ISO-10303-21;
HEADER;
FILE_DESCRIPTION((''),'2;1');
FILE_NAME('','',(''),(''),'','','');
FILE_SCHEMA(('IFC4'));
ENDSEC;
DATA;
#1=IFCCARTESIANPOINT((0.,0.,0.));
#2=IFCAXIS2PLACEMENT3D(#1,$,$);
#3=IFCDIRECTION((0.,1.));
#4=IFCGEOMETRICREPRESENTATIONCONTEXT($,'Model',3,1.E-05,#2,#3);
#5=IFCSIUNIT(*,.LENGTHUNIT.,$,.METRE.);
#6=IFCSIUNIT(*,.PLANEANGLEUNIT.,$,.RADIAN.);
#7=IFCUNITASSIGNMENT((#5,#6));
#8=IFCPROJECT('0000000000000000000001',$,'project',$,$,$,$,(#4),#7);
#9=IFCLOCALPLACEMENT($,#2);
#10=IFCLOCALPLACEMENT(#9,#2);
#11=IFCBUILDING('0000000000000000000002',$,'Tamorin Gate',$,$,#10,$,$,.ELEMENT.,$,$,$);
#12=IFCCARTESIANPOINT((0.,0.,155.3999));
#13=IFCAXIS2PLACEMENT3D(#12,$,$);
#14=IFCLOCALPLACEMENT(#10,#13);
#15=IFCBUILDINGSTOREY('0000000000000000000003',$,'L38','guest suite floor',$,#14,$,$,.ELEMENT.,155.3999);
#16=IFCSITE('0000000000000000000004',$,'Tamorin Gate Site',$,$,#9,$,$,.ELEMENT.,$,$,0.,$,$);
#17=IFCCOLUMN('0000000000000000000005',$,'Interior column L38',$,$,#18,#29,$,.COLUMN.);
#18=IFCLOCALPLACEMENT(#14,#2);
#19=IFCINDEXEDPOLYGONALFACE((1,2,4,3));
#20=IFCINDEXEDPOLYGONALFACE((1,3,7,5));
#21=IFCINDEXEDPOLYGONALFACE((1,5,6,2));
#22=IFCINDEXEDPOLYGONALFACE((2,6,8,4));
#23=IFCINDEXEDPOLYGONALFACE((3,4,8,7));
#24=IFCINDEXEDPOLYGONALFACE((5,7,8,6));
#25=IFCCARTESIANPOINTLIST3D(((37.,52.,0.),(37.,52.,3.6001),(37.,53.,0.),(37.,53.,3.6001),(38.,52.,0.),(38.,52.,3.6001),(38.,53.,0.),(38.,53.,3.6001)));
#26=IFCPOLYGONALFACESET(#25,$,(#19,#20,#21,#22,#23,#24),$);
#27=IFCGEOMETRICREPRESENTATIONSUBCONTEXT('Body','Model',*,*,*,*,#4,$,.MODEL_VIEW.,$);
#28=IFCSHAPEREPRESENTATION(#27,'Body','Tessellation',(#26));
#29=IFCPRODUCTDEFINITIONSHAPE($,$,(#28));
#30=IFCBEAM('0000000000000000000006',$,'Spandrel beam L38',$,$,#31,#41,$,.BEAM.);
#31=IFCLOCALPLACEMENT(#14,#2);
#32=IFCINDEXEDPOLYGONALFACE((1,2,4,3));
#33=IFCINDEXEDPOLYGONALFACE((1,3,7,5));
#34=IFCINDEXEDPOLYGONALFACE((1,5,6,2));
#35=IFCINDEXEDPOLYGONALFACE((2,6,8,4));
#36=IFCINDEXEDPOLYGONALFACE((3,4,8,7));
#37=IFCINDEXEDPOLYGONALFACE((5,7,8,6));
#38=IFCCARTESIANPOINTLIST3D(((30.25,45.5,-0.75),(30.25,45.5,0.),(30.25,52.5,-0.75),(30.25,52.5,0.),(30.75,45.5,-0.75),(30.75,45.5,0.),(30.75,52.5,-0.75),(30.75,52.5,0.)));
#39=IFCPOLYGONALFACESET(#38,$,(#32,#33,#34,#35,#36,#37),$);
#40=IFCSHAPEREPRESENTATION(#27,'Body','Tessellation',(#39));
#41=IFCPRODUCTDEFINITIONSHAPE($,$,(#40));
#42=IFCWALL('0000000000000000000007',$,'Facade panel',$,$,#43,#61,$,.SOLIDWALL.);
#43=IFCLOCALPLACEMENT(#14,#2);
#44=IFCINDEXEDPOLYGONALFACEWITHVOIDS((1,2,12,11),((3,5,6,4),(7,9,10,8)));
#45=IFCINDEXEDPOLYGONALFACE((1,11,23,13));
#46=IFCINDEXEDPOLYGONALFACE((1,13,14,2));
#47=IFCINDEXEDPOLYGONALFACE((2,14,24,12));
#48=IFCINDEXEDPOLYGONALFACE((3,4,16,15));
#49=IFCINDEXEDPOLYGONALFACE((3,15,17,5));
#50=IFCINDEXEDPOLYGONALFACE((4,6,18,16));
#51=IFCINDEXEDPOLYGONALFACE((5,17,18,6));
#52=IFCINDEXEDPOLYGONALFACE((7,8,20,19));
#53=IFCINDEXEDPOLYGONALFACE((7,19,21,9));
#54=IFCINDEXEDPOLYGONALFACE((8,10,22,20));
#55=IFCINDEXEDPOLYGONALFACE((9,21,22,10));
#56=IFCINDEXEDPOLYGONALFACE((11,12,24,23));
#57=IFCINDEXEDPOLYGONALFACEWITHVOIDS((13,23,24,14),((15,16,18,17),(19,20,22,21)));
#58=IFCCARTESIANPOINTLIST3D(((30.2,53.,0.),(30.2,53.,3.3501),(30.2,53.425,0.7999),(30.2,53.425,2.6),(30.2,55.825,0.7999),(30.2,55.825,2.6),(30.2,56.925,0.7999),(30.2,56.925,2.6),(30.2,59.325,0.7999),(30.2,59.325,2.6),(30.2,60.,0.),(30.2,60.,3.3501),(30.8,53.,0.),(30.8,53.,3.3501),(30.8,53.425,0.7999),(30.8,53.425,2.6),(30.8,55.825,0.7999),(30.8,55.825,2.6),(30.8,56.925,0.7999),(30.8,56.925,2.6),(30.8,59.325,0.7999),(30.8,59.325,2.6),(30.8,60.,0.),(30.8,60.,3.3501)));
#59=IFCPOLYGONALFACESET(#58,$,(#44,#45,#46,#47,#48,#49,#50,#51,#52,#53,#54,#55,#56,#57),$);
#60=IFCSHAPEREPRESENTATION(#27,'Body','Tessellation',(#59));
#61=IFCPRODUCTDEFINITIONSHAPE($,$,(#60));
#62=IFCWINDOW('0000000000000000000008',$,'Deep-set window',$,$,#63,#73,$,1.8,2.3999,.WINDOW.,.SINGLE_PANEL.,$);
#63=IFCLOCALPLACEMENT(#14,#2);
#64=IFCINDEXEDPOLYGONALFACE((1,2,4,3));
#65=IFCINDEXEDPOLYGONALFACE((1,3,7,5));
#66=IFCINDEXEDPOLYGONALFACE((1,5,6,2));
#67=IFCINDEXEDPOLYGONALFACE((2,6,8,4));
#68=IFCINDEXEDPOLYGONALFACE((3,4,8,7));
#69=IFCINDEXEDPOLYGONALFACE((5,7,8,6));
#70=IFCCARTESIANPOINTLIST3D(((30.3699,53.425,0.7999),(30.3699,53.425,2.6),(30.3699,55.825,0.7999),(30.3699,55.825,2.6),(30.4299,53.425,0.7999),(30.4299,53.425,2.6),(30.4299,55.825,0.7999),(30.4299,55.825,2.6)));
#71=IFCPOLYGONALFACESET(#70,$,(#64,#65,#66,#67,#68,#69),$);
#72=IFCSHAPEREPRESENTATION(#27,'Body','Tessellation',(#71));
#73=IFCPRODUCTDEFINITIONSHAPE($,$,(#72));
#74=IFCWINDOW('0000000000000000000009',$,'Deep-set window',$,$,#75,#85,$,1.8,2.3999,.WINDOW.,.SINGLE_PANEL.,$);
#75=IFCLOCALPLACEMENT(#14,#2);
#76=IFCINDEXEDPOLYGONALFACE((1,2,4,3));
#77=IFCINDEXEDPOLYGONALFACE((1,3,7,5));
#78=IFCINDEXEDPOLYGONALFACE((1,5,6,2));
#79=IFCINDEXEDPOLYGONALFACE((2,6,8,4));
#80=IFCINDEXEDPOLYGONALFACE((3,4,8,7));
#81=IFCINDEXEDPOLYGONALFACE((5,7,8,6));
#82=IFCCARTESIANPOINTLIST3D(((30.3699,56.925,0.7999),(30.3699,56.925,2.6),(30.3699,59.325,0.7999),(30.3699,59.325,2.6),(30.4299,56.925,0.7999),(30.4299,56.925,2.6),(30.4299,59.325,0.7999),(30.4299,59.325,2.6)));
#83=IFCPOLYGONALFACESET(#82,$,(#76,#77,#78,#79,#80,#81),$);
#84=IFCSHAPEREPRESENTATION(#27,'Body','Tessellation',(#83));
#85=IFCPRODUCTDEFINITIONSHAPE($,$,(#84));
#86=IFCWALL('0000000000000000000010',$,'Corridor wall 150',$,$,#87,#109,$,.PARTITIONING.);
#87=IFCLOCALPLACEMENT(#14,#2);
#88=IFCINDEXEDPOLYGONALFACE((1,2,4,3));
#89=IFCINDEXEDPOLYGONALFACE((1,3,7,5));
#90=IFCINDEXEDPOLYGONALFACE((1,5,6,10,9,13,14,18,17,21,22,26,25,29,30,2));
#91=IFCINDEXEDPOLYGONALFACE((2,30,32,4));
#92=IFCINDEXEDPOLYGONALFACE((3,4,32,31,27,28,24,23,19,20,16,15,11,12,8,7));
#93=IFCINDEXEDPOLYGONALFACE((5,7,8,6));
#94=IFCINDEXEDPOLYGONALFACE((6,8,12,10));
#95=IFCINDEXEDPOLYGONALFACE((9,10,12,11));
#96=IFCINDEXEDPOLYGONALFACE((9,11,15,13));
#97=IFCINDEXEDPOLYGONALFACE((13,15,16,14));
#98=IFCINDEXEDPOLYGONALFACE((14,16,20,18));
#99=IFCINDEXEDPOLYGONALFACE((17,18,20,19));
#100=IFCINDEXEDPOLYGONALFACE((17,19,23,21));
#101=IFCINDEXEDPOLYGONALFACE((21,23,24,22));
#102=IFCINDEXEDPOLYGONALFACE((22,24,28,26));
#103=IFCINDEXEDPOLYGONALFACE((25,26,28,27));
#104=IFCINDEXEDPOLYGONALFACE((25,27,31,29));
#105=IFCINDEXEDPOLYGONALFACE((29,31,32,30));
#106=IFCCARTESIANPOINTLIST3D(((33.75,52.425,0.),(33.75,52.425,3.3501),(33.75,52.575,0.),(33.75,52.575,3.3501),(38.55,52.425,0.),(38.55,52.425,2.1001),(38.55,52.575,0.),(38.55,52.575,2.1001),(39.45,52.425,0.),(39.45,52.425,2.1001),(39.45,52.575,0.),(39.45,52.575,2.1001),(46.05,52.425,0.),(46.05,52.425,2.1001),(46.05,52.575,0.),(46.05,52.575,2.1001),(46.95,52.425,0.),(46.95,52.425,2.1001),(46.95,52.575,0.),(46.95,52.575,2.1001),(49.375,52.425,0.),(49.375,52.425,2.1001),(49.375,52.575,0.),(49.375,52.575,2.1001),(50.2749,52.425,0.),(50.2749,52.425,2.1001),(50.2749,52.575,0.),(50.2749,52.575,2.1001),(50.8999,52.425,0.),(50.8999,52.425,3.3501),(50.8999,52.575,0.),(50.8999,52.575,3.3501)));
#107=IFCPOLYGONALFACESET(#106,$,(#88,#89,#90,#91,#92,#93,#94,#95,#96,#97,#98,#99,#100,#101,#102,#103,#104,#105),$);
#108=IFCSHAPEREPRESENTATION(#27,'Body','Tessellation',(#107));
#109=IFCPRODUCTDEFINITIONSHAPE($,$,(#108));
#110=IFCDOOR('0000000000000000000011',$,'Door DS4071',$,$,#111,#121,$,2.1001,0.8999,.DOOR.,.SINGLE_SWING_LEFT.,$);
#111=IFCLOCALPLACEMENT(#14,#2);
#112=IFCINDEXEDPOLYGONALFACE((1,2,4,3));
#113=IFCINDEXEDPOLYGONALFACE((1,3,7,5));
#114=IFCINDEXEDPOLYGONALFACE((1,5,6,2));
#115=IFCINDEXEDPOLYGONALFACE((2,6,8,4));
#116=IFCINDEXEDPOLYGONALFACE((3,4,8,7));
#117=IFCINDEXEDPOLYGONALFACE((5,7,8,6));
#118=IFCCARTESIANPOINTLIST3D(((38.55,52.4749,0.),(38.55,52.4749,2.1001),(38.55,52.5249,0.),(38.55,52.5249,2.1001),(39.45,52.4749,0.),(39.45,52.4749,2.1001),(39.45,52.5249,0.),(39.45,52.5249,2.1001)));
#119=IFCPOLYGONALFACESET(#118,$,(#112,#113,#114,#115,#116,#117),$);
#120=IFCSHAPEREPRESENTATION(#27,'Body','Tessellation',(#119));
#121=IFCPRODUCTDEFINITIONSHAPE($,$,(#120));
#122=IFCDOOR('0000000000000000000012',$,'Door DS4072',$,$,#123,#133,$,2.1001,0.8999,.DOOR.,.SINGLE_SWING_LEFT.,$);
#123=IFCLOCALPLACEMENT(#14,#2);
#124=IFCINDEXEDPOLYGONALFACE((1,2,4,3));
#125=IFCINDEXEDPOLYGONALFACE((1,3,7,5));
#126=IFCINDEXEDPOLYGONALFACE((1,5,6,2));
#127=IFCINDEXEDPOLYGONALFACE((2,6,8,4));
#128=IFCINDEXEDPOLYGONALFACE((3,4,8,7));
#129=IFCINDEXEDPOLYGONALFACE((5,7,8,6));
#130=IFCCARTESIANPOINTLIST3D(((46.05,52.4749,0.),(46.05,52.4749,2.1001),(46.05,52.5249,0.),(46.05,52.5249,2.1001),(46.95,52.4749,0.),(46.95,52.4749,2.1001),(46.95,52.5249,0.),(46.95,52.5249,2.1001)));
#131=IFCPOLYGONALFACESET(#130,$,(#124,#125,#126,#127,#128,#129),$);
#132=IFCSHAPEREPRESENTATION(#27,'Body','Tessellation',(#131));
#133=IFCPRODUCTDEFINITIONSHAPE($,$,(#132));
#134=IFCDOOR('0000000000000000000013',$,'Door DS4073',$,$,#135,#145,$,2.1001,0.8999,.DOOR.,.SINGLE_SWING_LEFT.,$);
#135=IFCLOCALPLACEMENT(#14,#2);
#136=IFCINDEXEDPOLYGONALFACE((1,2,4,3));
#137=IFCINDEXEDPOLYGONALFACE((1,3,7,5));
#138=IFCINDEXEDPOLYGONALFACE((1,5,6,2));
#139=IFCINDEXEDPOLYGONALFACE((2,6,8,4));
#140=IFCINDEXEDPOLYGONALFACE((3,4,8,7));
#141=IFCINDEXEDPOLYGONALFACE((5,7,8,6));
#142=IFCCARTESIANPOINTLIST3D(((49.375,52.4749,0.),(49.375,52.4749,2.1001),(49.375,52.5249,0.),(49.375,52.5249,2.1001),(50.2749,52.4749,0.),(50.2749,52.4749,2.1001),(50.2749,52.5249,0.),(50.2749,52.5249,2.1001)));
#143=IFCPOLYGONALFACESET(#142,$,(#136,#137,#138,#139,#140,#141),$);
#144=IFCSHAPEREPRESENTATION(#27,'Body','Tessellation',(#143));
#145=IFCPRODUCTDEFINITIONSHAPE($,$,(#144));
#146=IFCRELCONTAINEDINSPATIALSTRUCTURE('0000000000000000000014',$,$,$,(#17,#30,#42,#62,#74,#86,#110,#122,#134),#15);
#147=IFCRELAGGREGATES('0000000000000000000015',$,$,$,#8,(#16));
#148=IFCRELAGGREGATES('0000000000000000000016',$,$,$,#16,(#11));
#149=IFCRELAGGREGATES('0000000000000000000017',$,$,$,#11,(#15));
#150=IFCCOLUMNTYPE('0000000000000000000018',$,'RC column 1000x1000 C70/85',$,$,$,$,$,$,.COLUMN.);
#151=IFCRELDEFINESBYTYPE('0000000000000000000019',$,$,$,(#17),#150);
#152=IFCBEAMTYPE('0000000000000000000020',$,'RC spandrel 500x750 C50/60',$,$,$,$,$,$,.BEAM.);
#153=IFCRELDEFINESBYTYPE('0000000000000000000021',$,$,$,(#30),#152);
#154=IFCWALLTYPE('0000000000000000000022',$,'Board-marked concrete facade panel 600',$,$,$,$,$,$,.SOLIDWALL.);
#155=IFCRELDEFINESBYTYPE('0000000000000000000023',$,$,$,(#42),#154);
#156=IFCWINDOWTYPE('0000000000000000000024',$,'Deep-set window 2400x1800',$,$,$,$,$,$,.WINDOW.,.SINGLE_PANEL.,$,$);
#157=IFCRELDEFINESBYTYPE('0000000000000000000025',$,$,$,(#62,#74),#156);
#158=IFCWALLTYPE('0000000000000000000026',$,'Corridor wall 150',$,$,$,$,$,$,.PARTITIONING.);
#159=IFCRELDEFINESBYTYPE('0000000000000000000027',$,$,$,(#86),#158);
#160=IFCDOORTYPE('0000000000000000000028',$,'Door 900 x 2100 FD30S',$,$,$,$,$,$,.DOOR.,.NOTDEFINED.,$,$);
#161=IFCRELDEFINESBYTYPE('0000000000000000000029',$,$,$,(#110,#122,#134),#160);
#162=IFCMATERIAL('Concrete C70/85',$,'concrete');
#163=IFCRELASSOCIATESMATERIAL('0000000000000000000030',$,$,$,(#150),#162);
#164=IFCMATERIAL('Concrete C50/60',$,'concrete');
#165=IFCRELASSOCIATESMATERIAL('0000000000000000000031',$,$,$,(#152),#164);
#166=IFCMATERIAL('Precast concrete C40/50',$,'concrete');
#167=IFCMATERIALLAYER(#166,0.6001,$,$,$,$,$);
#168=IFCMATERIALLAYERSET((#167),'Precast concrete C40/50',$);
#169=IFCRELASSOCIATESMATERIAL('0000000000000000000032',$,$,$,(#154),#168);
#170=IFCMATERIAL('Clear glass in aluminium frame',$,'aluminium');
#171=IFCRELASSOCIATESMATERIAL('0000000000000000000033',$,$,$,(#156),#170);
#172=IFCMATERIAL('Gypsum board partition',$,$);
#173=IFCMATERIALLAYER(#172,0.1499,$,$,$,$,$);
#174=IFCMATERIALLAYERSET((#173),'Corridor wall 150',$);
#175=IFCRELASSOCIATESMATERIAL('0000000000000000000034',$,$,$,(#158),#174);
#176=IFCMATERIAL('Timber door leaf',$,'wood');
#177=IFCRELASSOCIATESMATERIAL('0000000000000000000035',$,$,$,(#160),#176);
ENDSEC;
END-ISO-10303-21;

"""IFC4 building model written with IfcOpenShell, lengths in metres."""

from ifc_helpers import new_model, si_unit, direction, frame, frame_2d, origin, origin_2d, place, context, subcontext, project, spatial, rectangle, extrude, material, layer, layer_set, material_profile, profile_set, type_object, element, fill, save


model = new_model("IFC4")

# Units and contexts
model_context = context("Model", 3, precision=1e-05, world=origin(), true_north=direction((0.0, 1.0)))
body_context = subcontext(model_context, "Body", "Model", "MODEL_VIEW")
ifc_project = project(units=[si_unit("LENGTHUNIT", "METRE"), si_unit("PLANEANGLEUNIT", "RADIAN")], contexts=[model_context])

# Site, building, storey
site_placement = place(None, origin())
site = spatial("IfcSite", under=ifc_project, at=site_placement, Name="Tamorin Gate Site", CompositionType="ELEMENT", RefElevation=0.0)
building_placement = place(site_placement, origin())
building = spatial("IfcBuilding", under=site, at=building_placement, Name="Tamorin Gate", CompositionType="ELEMENT")
storey_placement = place(building_placement, frame((0.0, 0.0, 155.3999)))
storey = spatial("IfcBuildingStorey", under=building, at=storey_placement, Name="L38", Description="guest suite floor", CompositionType="ELEMENT", Elevation=155.3999)

# Column
ifc_material_1 = material(Name="Concrete C70/85", Category="concrete")
ifc_material_profile_1 = material_profile(ifc_material_1, rectangle(XDim=1.0, YDim=1.0, at=origin_2d()), Name="RC 1000x1000")
ifc_profile_set_1 = profile_set([ifc_material_profile_1], Name="Concrete C70/85")
column_type = type_object("IfcColumnType", Name="RC column 1000x1000 C70/85", PredefinedType="COLUMN", material=ifc_profile_set_1)
column_placement = place(storey_placement, frame((37.5, 52.5, 0.0), z_axis=(0.0, 0.0, 1.0), x_axis=(1.0, 0.0, 0.0)))
element("IfcColumn", 1, at=column_placement, inside=storey, type_object=column_type, Name="Interior column L38", PredefinedType="COLUMN", context=body_context, shape_type="SweptSolid", body=[
    extrude(rectangle(XDim=1.0, YDim=1.0, at=origin_2d()), origin(), (0.0, 0.0, 1.0), 3.6001),
])

# Beam
ifc_material_2 = material(Name="Concrete C50/60", Category="concrete")
ifc_material_profile_2 = material_profile(ifc_material_2, rectangle(XDim=0.5, YDim=0.75, at=origin_2d()), Name="RC 500x750")
ifc_profile_set_2 = profile_set([ifc_material_profile_2], Name="Concrete C50/60")
beam_type = type_object("IfcBeamType", Name="RC spandrel 500x750 C50/60", PredefinedType="BEAM", material=ifc_profile_set_2)
beam_placement = place(storey_placement, frame((30.5, 52.5, -0.375), z_axis=(0.0, -1.0, 0.0), x_axis=(1.0, 0.0, 0.0)))
element("IfcBeam", 2, at=beam_placement, inside=storey, type_object=beam_type, Name="Spandrel beam L38", PredefinedType="BEAM", context=body_context, shape_type="SweptSolid", body=[
    extrude(rectangle(XDim=0.5, YDim=0.75, at=origin_2d()), origin(), (0.0, 0.0, 1.0), 7.0),
])

# Wall, openings, windows
ifc_material_3 = material(Name="Precast concrete C40/50", Category="concrete")
ifc_layer_1 = layer(ifc_material_3, 0.6001)
ifc_layer_set_1 = layer_set([ifc_layer_1], Name="Precast concrete C40/50")
wall_type_1 = type_object("IfcWallType", Name="Board-marked concrete facade panel 600", PredefinedType="SOLIDWALL", material=ifc_layer_set_1)
wall_1_placement = place(storey_placement, frame((30.5, 60.0, 0.0), z_axis=(0.0, 0.0, 1.0), x_axis=(0.0, -1.0, 0.0)))
wall_1 = element("IfcWall", 3, at=wall_1_placement, inside=storey, type_object=wall_type_1, Name="Facade panel", PredefinedType="SOLIDWALL", context=body_context, shape_type="SweptSolid", body=[
    extrude(rectangle(XDim=7.0, YDim=0.6001, at=frame_2d((3.5, 0.0))), origin(), (0.0, 0.0, 1.0), 3.3501),
])
opening_1_placement = place(wall_1_placement, frame((4.175, 0.0, 0.8)))
opening_1 = element("IfcOpeningElement", 4, at=opening_1_placement, cuts=wall_1, PredefinedType="OPENING", context=body_context, shape_type="SweptSolid", body=[
    extrude(rectangle(XDim=2.3999, YDim=1.8, at=frame_2d((1.2, 0.8999))), frame((0.0, 0.3101, 0.0), z_axis=(0.0, -1.0, 0.0), x_axis=(1.0, 0.0, 0.0)), (0.0, 0.0, 1.0), 0.6201),
])
opening_2_placement = place(wall_1_placement, frame((0.675, 0.0, 0.8)))
opening_2 = element("IfcOpeningElement", 5, at=opening_2_placement, cuts=wall_1, PredefinedType="OPENING", context=body_context, shape_type="SweptSolid", body=[
    extrude(rectangle(XDim=2.3999, YDim=1.8, at=frame_2d((1.2, 0.8999))), frame((0.0, 0.3101, 0.0), z_axis=(0.0, -1.0, 0.0), x_axis=(1.0, 0.0, 0.0)), (0.0, 0.0, 1.0), 0.6201),
])
ifc_material_4 = material(Name="Clear glass in aluminium frame", Category="aluminium")
window_type = type_object("IfcWindowType", Name="Deep-set window 2400x1800", PartitioningType="SINGLE_PANEL", PredefinedType="WINDOW", material=ifc_material_4)
window_1_placement = place(opening_1_placement, origin())
window_1 = element("IfcWindow", 6, at=window_1_placement, inside=storey, type_object=window_type, Name="Deep-set window", OverallHeight=1.8, OverallWidth=2.3999, PartitioningType="SINGLE_PANEL", PredefinedType="WINDOW", context=body_context, shape_type="SweptSolid", body=[
    extrude(rectangle(XDim=2.3999, YDim=1.8, at=frame_2d((1.2, 0.8999))), frame((0.0, -0.0701, 0.0), z_axis=(0.0, -1.0, 0.0), x_axis=(1.0, 0.0, 0.0)), (0.0, 0.0, 1.0), 0.0601),
])
fill(opening_1, window_1)
window_2_placement = place(opening_2_placement, origin())
window_2 = element("IfcWindow", 7, at=window_2_placement, inside=storey, type_object=window_type, Name="Deep-set window", OverallHeight=1.8, OverallWidth=2.3999, PartitioningType="SINGLE_PANEL", PredefinedType="WINDOW", context=body_context, shape_type="SweptSolid", body=[
    extrude(rectangle(XDim=2.3999, YDim=1.8, at=frame_2d((1.2, 0.8999))), frame((0.0, -0.0701, 0.0), z_axis=(0.0, -1.0, 0.0), x_axis=(1.0, 0.0, 0.0)), (0.0, 0.0, 1.0), 0.0601),
])
fill(opening_2, window_2)

# Wall, openings, doors
ifc_material_5 = material(Name="Gypsum board partition")
ifc_layer_2 = layer(ifc_material_5, 0.1499)
ifc_layer_set_2 = layer_set([ifc_layer_2], Name="Corridor wall 150")
wall_type_2 = type_object("IfcWallType", Name="Corridor wall 150", PredefinedType="PARTITIONING", material=ifc_layer_set_2)
wall_2_placement = place(storey_placement, frame((33.75, 52.5, 0.0), z_axis=(0.0, 0.0, 1.0), x_axis=(1.0, 0.0, 0.0)))
wall_2 = element("IfcWall", 8, at=wall_2_placement, inside=storey, type_object=wall_type_2, Name="Corridor wall 150", PredefinedType="PARTITIONING", context=body_context, shape_type="SweptSolid", body=[
    extrude(rectangle(XDim=17.1499, YDim=0.1499, at=frame_2d((8.575, 0.0))), origin(), (0.0, 0.0, 1.0), 3.3501),
])
opening_3_placement = place(wall_2_placement, frame((4.8, 0.0, 0.0)))
opening_3 = element("IfcOpeningElement", 9, at=opening_3_placement, cuts=wall_2, PredefinedType="OPENING", context=body_context, shape_type="SweptSolid", body=[
    extrude(rectangle(XDim=0.8999, YDim=2.1001, at=frame_2d((0.45, 1.05))), frame((0.0, 0.085, 0.0), z_axis=(0.0, -1.0, 0.0), x_axis=(1.0, 0.0, 0.0)), (0.0, 0.0, 1.0), 0.1699),
])
opening_4_placement = place(wall_2_placement, frame((12.3, 0.0, 0.0)))
opening_4 = element("IfcOpeningElement", 10, at=opening_4_placement, cuts=wall_2, PredefinedType="OPENING", context=body_context, shape_type="SweptSolid", body=[
    extrude(rectangle(XDim=0.8999, YDim=2.1001, at=frame_2d((0.45, 1.05))), frame((0.0, 0.085, 0.0), z_axis=(0.0, -1.0, 0.0), x_axis=(1.0, 0.0, 0.0)), (0.0, 0.0, 1.0), 0.1699),
])
opening_5_placement = place(wall_2_placement, frame((15.625, 0.0, 0.0)))
opening_5 = element("IfcOpeningElement", 11, at=opening_5_placement, cuts=wall_2, PredefinedType="OPENING", context=body_context, shape_type="SweptSolid", body=[
    extrude(rectangle(XDim=0.8999, YDim=2.1001, at=frame_2d((0.45, 1.05))), frame((0.0, 0.085, 0.0), z_axis=(0.0, -1.0, 0.0), x_axis=(1.0, 0.0, 0.0)), (0.0, 0.0, 1.0), 0.1699),
])
ifc_material_6 = material(Name="Timber door leaf", Category="wood")
door_type_1 = type_object("IfcDoorType", Name="Door 900 x 2100 FD30S", OperationType="NOTDEFINED", PredefinedType="DOOR", material=ifc_material_6)
door_1_placement = place(opening_3_placement, origin())
door_1 = element("IfcDoor", 12, at=door_1_placement, inside=storey, type_object=door_type_1, Name="Door DS4071", OperationType="SINGLE_SWING_LEFT", OverallHeight=2.1001, OverallWidth=0.8999, PredefinedType="DOOR", context=body_context, shape_type="SweptSolid", body=[
    extrude(rectangle(XDim=0.8999, YDim=2.1001, at=frame_2d((0.45, 1.05))), frame((0.0, 0.0249, 0.0), z_axis=(0.0, -1.0, 0.0), x_axis=(1.0, 0.0, 0.0)), (0.0, 0.0, 1.0), 0.05),
])
fill(opening_3, door_1)
door_2_placement = place(opening_4_placement, origin())
door_2 = element("IfcDoor", 13, at=door_2_placement, inside=storey, type_object=door_type_1, Name="Door DS4072", OperationType="SINGLE_SWING_LEFT", OverallHeight=2.1001, OverallWidth=0.8999, PredefinedType="DOOR", context=body_context, shape_type="SweptSolid", body=[
    extrude(rectangle(XDim=0.8999, YDim=2.1001, at=frame_2d((0.45, 1.05))), frame((0.0, 0.0249, 0.0), z_axis=(0.0, -1.0, 0.0), x_axis=(1.0, 0.0, 0.0)), (0.0, 0.0, 1.0), 0.05),
])
fill(opening_4, door_2)
door_3_placement = place(opening_5_placement, origin())
door_3 = element("IfcDoor", 14, at=door_3_placement, inside=storey, type_object=door_type_1, Name="Door DS4073", OperationType="SINGLE_SWING_LEFT", OverallHeight=2.1001, OverallWidth=0.8999, PredefinedType="DOOR", context=body_context, shape_type="SweptSolid", body=[
    extrude(rectangle(XDim=0.8999, YDim=2.1001, at=frame_2d((0.45, 1.05))), frame((0.0, 0.0249, 0.0), z_axis=(0.0, -1.0, 0.0), x_axis=(1.0, 0.0, 0.0)), (0.0, 0.0, 1.0), 0.05),
])
fill(opening_5, door_3)

save(model, "model.ifc")
